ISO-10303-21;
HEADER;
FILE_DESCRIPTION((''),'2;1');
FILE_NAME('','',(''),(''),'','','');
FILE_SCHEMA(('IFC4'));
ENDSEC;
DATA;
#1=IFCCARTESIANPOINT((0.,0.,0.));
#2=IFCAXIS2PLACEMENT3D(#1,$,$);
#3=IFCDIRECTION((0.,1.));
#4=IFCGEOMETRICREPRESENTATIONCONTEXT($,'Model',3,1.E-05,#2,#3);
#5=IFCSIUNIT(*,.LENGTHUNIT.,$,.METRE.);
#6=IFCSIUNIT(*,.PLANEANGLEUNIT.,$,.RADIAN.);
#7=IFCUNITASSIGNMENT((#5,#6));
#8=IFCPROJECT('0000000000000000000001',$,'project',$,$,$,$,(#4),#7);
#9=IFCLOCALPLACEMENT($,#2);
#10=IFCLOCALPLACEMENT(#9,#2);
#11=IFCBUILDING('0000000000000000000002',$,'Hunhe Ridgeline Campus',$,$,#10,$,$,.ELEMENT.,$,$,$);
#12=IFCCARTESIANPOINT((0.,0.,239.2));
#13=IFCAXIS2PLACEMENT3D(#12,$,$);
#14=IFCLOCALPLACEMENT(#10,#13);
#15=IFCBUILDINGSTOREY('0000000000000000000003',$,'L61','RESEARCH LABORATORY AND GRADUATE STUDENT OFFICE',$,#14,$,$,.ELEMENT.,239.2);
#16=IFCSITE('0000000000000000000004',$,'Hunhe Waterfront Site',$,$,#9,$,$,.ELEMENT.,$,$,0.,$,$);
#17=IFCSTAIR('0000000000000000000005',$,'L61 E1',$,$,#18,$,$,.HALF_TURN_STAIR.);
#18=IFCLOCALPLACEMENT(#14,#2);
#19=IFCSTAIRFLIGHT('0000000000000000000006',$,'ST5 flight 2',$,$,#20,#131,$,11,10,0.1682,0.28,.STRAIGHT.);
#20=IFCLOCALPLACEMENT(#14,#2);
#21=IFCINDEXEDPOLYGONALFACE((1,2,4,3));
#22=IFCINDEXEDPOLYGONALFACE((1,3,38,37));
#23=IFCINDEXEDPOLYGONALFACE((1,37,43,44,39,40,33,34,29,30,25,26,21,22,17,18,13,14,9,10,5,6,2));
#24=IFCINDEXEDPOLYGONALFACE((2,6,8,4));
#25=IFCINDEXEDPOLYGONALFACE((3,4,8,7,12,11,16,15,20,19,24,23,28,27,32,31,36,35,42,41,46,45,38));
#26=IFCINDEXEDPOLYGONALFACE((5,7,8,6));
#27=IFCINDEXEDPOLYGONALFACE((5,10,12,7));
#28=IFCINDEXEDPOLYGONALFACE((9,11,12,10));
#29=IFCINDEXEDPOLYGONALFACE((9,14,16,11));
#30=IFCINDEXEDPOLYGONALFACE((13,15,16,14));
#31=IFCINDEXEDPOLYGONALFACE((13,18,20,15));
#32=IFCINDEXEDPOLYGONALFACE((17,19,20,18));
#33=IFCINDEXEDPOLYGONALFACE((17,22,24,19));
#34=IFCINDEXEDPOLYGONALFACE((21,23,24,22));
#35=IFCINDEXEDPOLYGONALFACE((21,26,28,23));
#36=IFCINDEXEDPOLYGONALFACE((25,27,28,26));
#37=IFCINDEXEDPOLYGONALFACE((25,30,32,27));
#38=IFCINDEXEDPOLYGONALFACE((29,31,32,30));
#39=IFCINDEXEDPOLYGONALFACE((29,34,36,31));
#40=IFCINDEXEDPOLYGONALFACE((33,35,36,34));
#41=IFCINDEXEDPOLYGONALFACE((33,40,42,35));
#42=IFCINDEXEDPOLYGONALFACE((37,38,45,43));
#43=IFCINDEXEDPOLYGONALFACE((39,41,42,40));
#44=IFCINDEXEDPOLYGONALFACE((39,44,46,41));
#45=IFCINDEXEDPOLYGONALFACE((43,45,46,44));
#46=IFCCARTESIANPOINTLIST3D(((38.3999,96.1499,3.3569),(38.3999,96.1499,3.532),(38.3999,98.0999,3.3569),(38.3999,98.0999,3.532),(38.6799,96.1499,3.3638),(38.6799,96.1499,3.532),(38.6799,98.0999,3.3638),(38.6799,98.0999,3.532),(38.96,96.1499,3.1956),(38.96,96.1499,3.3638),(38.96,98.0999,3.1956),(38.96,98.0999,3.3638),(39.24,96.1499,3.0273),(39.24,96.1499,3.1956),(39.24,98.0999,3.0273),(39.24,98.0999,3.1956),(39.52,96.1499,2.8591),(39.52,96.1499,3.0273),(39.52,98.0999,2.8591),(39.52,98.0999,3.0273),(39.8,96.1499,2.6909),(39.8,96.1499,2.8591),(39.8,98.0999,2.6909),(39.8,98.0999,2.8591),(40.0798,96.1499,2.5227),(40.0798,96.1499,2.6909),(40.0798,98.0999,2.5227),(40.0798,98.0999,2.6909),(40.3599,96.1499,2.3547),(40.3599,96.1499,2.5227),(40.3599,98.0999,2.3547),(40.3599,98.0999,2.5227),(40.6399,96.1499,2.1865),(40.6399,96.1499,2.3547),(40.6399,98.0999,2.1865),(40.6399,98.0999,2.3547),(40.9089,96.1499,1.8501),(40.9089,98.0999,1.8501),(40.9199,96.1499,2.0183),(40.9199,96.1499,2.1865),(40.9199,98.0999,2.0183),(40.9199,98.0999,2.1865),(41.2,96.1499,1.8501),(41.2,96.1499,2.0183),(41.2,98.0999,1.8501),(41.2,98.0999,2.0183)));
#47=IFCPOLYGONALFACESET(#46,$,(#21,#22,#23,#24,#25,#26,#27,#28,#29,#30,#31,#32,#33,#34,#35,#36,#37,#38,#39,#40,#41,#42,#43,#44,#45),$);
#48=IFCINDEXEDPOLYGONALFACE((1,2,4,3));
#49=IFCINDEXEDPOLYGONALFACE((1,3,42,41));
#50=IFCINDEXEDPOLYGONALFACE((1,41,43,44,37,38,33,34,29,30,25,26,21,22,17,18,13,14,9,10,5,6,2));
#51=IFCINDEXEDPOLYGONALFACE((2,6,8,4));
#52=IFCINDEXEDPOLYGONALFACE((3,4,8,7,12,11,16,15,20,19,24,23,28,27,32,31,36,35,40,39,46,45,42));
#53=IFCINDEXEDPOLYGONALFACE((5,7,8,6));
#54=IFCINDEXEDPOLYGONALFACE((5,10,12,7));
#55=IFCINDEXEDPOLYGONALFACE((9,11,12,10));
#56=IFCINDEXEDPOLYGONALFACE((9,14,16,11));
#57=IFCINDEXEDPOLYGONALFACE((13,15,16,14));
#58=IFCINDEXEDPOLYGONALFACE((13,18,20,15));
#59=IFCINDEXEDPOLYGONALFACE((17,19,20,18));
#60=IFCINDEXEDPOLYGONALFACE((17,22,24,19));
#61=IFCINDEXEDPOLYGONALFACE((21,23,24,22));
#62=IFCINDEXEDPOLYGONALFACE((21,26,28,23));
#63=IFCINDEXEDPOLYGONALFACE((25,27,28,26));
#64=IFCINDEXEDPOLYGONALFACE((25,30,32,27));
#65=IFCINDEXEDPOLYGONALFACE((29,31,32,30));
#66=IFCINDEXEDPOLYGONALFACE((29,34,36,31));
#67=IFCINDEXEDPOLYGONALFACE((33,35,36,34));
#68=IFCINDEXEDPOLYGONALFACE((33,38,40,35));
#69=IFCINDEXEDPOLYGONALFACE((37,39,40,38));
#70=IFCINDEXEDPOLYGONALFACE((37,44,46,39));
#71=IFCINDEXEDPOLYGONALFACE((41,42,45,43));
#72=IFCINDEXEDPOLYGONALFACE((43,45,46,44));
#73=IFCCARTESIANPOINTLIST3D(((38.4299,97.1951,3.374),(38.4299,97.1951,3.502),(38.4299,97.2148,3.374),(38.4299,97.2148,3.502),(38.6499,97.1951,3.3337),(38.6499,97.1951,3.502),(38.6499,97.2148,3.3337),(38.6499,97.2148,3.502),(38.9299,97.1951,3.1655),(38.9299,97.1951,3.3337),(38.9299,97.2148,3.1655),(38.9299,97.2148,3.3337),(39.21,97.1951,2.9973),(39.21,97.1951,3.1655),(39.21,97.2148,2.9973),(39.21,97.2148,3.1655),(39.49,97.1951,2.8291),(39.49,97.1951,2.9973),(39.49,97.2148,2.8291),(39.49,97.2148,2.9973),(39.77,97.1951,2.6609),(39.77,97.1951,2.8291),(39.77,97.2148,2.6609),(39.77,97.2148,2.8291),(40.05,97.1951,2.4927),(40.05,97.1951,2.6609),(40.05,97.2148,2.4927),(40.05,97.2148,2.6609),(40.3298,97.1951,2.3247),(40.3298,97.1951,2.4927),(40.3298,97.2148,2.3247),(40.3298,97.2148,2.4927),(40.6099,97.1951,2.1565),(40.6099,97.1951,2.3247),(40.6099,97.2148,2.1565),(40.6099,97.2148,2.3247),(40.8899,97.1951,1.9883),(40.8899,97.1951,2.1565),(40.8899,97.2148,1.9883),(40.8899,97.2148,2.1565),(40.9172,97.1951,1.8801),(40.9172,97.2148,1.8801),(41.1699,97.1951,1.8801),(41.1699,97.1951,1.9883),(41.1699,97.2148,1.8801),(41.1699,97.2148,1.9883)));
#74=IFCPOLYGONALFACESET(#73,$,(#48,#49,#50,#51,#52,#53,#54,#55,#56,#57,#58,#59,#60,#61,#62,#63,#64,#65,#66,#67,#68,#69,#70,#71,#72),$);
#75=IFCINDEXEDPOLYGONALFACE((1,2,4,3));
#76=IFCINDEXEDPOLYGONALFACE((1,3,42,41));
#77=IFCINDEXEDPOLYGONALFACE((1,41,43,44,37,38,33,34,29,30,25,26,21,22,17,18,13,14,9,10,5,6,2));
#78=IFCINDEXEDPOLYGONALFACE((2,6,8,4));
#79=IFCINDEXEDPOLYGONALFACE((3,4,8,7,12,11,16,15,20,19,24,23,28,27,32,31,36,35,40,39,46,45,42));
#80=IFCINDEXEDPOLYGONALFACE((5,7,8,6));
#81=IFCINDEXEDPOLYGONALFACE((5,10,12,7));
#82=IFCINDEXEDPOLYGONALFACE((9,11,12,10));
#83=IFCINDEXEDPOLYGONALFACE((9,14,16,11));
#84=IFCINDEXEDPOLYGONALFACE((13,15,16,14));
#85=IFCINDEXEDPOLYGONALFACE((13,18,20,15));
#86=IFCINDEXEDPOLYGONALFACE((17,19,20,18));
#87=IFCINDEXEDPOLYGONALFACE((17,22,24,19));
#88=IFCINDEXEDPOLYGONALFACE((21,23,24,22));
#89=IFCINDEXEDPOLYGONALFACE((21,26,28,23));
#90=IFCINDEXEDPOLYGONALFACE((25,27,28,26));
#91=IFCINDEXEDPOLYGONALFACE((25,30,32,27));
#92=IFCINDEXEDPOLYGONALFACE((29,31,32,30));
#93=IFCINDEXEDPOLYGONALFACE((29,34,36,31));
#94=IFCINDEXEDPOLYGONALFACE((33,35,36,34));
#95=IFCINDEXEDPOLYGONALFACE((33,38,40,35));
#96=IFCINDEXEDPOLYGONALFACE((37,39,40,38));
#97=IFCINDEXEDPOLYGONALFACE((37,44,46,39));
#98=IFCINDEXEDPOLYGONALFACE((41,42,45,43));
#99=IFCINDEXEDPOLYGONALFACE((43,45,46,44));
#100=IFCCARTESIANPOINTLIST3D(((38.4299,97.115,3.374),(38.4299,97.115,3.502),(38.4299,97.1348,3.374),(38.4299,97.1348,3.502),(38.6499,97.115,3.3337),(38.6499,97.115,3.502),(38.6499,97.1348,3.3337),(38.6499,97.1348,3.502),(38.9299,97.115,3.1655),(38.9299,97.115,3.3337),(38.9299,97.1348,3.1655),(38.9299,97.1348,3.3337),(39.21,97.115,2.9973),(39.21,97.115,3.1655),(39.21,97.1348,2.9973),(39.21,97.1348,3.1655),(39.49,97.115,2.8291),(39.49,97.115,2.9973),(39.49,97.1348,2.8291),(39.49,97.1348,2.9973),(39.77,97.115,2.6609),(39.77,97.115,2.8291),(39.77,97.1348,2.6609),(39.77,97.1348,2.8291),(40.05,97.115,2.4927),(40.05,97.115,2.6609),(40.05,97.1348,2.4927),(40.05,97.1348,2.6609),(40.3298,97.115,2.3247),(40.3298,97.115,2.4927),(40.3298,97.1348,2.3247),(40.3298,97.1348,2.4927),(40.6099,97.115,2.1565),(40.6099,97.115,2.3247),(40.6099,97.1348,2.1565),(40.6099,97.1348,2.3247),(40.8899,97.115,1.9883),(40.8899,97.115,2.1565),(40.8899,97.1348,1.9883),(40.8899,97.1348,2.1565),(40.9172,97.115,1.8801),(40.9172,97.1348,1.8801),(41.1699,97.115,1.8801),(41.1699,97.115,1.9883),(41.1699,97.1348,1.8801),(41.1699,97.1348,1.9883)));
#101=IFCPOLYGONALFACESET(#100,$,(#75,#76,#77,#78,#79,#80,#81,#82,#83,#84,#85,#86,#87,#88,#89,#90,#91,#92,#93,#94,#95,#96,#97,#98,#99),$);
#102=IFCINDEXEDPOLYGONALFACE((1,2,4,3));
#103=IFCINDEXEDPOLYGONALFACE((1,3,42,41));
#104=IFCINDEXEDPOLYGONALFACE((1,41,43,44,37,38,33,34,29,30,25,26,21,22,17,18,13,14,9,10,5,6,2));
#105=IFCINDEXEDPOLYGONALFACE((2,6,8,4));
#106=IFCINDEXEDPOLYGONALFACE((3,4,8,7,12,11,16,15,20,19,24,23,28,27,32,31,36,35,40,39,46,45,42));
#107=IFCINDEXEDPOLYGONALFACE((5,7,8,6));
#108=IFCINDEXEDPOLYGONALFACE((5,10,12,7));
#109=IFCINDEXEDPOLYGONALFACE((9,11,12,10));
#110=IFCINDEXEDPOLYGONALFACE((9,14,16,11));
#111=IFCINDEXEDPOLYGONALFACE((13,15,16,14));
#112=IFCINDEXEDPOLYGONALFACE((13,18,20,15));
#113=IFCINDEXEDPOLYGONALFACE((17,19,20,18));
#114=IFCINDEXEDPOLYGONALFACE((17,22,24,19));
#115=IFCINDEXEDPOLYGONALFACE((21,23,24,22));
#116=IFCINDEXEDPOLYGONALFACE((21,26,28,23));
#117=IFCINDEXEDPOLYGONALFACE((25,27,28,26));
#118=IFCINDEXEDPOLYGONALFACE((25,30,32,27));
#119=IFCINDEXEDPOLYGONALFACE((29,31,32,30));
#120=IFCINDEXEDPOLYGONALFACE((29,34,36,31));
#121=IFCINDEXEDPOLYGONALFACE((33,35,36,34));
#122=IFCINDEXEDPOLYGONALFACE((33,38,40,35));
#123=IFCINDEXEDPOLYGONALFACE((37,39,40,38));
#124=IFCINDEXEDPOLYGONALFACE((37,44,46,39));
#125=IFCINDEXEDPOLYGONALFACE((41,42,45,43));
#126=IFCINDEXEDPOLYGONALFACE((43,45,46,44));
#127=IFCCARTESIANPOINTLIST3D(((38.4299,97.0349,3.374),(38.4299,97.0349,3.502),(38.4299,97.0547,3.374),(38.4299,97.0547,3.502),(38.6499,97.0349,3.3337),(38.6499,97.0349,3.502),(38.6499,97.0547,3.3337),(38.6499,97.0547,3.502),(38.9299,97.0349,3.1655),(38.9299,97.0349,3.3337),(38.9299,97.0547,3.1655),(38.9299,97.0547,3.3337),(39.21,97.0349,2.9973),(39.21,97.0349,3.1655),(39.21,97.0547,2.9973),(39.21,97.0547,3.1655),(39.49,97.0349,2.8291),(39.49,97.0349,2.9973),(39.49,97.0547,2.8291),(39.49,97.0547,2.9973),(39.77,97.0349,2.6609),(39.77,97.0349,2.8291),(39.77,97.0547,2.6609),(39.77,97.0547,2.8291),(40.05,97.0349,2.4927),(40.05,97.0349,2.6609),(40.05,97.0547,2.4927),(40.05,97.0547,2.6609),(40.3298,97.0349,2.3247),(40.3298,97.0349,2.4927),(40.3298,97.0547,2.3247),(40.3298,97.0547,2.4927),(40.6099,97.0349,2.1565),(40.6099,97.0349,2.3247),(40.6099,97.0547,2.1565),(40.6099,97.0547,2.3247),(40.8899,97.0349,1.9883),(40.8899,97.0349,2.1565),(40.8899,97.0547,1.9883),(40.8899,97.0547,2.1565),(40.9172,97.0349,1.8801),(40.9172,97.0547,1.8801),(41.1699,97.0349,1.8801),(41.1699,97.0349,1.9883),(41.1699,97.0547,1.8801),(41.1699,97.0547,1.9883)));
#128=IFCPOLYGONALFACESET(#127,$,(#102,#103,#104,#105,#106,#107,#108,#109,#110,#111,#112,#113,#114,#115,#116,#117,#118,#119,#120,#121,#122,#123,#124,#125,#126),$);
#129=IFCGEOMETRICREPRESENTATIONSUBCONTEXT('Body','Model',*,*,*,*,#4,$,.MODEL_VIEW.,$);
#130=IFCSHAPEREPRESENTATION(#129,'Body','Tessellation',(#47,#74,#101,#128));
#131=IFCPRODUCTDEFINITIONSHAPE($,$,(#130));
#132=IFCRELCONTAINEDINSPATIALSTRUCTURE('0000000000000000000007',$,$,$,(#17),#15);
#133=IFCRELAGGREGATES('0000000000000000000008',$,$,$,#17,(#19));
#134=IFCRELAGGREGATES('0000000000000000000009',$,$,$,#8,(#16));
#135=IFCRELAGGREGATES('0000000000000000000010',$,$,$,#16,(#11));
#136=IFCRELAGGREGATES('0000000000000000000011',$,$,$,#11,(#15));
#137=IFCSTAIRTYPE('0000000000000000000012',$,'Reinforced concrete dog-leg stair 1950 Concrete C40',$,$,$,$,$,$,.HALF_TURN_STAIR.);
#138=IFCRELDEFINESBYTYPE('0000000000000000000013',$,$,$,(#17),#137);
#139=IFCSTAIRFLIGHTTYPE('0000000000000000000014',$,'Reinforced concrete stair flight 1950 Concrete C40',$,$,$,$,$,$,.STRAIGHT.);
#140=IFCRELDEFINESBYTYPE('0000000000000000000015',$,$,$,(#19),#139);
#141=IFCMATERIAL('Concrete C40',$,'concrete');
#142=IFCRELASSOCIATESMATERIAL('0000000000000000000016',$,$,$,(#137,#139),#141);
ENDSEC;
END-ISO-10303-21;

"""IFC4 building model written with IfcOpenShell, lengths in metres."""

from ifc_helpers import new_model, si_unit, direction, frame, origin, place, context, subcontext, project, spatial, polyline, outline, extrude, material, type_object, element, aggregate, save


model = new_model("IFC4")

# Units and contexts
model_context = context("Model", 3, precision=1e-05, world=origin(), true_north=direction((0.0, 1.0)))
body_context = subcontext(model_context, "Body", "Model", "MODEL_VIEW")
ifc_project = project(units=[si_unit("LENGTHUNIT", "METRE"), si_unit("PLANEANGLEUNIT", "RADIAN")], contexts=[model_context])

# Site, building, storey
site_placement = place(None, origin())
site = spatial("IfcSite", under=ifc_project, at=site_placement, Name="Hunhe Waterfront Site", CompositionType="ELEMENT", RefElevation=0.0)
building_placement = place(site_placement, origin())
building = spatial("IfcBuilding", under=site, at=building_placement, Name="Hunhe Ridgeline Campus", CompositionType="ELEMENT")
storey_placement = place(building_placement, frame((0.0, 0.0, 239.2)))
storey = spatial("IfcBuildingStorey", under=building, at=storey_placement, Name="L61", Description="RESEARCH LABORATORY AND GRADUATE STUDENT OFFICE", CompositionType="ELEMENT", Elevation=239.2)

# Stair, stair flight
ifc_material_1 = material(Name="Concrete C40", Category="concrete")
stair_type = type_object("IfcStairType", Name="Reinforced concrete dog-leg stair 1950 Concrete C40", PredefinedType="HALF_TURN_STAIR", material=ifc_material_1)
stair_placement = place(storey_placement, origin())
stair = element("IfcStair", 1, at=stair_placement, inside=storey, type_object=stair_type, Name="L61 E1", PredefinedType="HALF_TURN_STAIR")
stair_flight_type = type_object("IfcStairFlightType", Name="Reinforced concrete stair flight 1950 Concrete C40", PredefinedType="STRAIGHT", material=ifc_material_1)
stair_flight_1_placement = place(storey_placement, frame((41.2, 97.125, 1.8501), z_axis=(0.0, 0.0, 1.0), x_axis=(-1.0, 0.0, 0.0)))
stair_flight_1 = element("IfcStairFlight", 2, at=stair_flight_1_placement, type_object=stair_flight_type, Name="ST5 flight 2", NumberOfRisers=11, NumberOfTreads=10, PredefinedType="STRAIGHT", RiserHeight=0.1682, TreadLength=0.28, context=body_context, shape_type="SweptSolid", body=[
    extrude(outline(polyline([(0.0, 0.0), (0.0, 0.1682), (0.28, 0.1682), (0.28, 0.3364), (0.5601, 0.3364), (0.5601, 0.5046), (0.8401, 0.5046), (0.8401, 0.6726), (1.1201, 0.6726), (1.1201, 0.8408), (1.3999, 0.8408), (1.3999, 1.009), (1.6799, 1.009), (1.6799, 1.1772), (1.96, 1.1772), (1.96, 1.3455), (2.24, 1.3455), (2.24, 1.5137), (2.52, 1.5137), (2.52, 1.6819), (2.8, 1.6819), (2.8, 1.8501), (2.8, 1.5068), (0.291, 0.0), (0.0, 0.0)])), frame((0.0, 0.9751, 0.0), z_axis=(0.0, -1.0, 0.0), x_axis=(1.0, 0.0, 0.0)), (0.0, 0.0, 1.0), 1.95),
    extrude(outline(polyline([(0.03, 0.03), (0.03, 0.1382), (0.3101, 0.1382), (0.3101, 0.3064), (0.5901, 0.3064), (0.5901, 0.4746), (0.8701, 0.4746), (0.8701, 0.6426), (1.1499, 0.6426), (1.1499, 0.8108), (1.4299, 0.8108), (1.4299, 0.979), (1.71, 0.979), (1.71, 1.1472), (1.99, 1.1472), (1.99, 1.3154), (2.27, 1.3154), (2.27, 1.4836), (2.55, 1.4836), (2.55, 1.6519), (2.77, 1.6519), (2.77, 1.5239), (0.2827, 0.03), (0.03, 0.03)])), frame((0.0, -0.0701, 0.0), z_axis=(0.0, -1.0, 0.0), x_axis=(1.0, 0.0, 0.0)), (0.0, 0.0, 1.0), 0.0198),
    extrude(outline(polyline([(0.03, 0.03), (0.03, 0.1382), (0.3101, 0.1382), (0.3101, 0.3064), (0.5901, 0.3064), (0.5901, 0.4746), (0.8701, 0.4746), (0.8701, 0.6426), (1.1499, 0.6426), (1.1499, 0.8108), (1.4299, 0.8108), (1.4299, 0.979), (1.71, 0.979), (1.71, 1.1472), (1.99, 1.1472), (1.99, 1.3154), (2.27, 1.3154), (2.27, 1.4836), (2.55, 1.4836), (2.55, 1.6519), (2.77, 1.6519), (2.77, 1.5239), (0.2827, 0.03), (0.03, 0.03)])), frame((0.0, 0.01, 0.0), z_axis=(0.0, -1.0, 0.0), x_axis=(1.0, 0.0, 0.0)), (0.0, 0.0, 1.0), 0.0198),
    extrude(outline(polyline([(0.03, 0.03), (0.03, 0.1382), (0.3101, 0.1382), (0.3101, 0.3064), (0.5901, 0.3064), (0.5901, 0.4746), (0.8701, 0.4746), (0.8701, 0.6426), (1.1499, 0.6426), (1.1499, 0.8108), (1.4299, 0.8108), (1.4299, 0.979), (1.71, 0.979), (1.71, 1.1472), (1.99, 1.1472), (1.99, 1.3154), (2.27, 1.3154), (2.27, 1.4836), (2.55, 1.4836), (2.55, 1.6519), (2.77, 1.6519), (2.77, 1.5239), (0.2827, 0.03), (0.03, 0.03)])), frame((0.0, 0.0901, 0.0), z_axis=(0.0, -1.0, 0.0), x_axis=(1.0, 0.0, 0.0)), (0.0, 0.0, 1.0), 0.0198),
])
aggregate(stair, [stair_flight_1])

save(model, "model.ifc")
